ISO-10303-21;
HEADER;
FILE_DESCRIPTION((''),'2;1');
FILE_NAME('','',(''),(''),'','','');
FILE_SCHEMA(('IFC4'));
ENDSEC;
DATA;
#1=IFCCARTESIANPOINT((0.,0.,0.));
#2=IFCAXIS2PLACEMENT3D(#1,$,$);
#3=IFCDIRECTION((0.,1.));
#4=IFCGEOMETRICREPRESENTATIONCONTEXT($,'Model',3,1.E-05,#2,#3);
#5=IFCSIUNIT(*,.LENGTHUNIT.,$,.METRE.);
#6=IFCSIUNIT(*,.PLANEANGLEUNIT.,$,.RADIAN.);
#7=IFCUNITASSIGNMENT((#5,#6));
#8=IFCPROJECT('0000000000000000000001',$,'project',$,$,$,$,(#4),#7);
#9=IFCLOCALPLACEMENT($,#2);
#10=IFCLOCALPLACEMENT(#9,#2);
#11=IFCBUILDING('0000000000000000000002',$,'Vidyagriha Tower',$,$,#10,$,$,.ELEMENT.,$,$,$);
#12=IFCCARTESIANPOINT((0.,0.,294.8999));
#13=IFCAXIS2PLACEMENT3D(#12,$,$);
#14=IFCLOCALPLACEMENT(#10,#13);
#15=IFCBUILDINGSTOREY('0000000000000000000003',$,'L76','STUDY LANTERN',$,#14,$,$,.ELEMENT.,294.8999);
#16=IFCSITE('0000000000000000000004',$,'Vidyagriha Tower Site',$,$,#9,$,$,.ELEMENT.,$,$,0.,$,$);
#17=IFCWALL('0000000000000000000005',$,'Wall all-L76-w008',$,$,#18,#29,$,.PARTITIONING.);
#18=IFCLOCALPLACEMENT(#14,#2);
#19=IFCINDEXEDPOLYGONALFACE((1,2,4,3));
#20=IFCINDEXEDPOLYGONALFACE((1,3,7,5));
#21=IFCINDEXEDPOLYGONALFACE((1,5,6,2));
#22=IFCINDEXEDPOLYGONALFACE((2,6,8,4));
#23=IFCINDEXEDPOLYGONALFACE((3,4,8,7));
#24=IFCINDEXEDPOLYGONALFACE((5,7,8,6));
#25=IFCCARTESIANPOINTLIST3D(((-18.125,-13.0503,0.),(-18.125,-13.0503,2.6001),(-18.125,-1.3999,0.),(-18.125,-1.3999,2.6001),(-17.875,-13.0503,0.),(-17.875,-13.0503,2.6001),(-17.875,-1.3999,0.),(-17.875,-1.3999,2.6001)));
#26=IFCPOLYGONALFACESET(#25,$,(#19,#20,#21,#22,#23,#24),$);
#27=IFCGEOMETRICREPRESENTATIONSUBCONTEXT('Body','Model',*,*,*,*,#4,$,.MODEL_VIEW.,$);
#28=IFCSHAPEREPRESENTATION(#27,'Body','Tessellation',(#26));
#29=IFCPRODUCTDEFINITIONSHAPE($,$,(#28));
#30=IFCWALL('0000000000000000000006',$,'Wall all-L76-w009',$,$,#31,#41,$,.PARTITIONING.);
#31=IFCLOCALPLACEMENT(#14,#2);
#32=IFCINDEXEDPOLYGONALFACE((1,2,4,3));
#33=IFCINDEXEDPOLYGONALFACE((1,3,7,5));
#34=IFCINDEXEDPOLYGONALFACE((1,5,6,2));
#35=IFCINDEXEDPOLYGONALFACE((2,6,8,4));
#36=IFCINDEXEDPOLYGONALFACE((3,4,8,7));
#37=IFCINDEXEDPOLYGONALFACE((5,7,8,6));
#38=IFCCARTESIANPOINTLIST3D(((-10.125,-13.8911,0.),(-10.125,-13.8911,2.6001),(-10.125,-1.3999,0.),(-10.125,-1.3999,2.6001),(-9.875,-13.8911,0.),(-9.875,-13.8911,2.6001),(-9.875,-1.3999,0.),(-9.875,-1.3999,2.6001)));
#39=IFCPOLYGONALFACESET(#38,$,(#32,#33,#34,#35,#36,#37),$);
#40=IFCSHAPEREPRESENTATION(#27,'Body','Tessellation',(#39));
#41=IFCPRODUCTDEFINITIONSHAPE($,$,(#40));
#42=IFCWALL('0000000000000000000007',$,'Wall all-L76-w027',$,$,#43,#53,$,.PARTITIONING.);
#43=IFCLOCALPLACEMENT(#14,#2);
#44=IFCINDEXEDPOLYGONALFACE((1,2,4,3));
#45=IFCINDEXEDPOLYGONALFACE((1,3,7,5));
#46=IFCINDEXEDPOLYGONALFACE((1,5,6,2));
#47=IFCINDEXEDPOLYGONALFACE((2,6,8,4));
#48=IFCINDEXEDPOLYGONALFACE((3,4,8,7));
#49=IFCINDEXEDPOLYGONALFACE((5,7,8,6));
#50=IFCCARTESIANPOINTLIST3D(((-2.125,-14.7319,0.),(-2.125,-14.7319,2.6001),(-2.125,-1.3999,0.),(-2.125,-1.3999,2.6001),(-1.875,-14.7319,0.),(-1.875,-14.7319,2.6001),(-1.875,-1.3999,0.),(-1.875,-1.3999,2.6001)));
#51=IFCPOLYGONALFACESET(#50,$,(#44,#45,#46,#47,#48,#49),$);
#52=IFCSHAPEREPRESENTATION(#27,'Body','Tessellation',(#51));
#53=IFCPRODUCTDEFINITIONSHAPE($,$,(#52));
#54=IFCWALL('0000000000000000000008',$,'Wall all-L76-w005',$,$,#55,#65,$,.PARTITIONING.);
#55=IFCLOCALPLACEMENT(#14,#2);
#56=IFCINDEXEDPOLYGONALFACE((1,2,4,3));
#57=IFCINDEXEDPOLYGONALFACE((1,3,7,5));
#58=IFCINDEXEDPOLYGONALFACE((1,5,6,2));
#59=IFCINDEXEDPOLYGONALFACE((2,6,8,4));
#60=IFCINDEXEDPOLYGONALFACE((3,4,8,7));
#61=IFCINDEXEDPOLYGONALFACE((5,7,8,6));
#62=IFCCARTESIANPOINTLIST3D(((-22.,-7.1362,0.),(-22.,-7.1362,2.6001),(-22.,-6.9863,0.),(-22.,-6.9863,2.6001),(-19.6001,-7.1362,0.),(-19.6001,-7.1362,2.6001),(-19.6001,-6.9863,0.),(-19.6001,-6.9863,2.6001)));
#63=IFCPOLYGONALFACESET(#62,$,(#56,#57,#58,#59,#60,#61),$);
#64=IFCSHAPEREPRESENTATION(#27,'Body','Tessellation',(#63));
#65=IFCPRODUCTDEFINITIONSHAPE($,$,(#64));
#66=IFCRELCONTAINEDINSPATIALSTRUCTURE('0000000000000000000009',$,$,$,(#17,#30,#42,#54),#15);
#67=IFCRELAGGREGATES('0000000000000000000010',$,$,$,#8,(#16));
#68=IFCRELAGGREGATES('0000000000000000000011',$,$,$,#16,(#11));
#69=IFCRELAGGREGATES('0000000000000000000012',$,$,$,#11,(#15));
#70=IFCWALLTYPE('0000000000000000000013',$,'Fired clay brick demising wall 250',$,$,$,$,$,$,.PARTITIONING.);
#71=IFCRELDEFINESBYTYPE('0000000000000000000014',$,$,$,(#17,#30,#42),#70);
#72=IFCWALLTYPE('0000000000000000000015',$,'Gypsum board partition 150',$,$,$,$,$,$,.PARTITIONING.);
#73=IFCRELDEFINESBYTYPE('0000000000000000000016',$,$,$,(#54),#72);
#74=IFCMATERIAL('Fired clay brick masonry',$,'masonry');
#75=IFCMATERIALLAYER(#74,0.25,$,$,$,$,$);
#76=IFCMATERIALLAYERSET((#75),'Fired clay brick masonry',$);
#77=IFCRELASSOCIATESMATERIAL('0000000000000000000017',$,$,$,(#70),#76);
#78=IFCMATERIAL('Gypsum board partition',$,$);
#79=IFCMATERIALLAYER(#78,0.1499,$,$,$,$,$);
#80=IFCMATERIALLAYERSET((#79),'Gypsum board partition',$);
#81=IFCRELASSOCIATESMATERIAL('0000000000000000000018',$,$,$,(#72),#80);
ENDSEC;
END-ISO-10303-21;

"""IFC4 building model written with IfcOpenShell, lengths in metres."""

from ifc_helpers import new_model, si_unit, direction, frame, frame_2d, origin, place, context, subcontext, project, spatial, rectangle, extrude, material, layer, layer_set, type_object, element, save


model = new_model("IFC4")

# Units and contexts
model_context = context("Model", 3, precision=1e-05, world=origin(), true_north=direction((0.0, 1.0)))
body_context = subcontext(model_context, "Body", "Model", "MODEL_VIEW")
ifc_project = project(units=[si_unit("LENGTHUNIT", "METRE"), si_unit("PLANEANGLEUNIT", "RADIAN")], contexts=[model_context])

# Site, building, storey
site_placement = place(None, origin())
site = spatial("IfcSite", under=ifc_project, at=site_placement, Name="Vidyagriha Tower Site", CompositionType="ELEMENT", RefElevation=0.0)
building_placement = place(site_placement, origin())
building = spatial("IfcBuilding", under=site, at=building_placement, Name="Vidyagriha Tower", CompositionType="ELEMENT")
storey_placement = place(building_placement, frame((0.0, 0.0, 294.8999)))
storey = spatial("IfcBuildingStorey", under=building, at=storey_placement, Name="L76", Description="STUDY LANTERN", CompositionType="ELEMENT", Elevation=294.8999)

# Walls
ifc_material_1 = material(Name="Fired clay brick masonry", Category="masonry")
ifc_layer_1 = layer(ifc_material_1, 0.25)
ifc_layer_set_1 = layer_set([ifc_layer_1], Name="Fired clay brick masonry")
wall_type_1 = type_object("IfcWallType", Name="Fired clay brick demising wall 250", PredefinedType="PARTITIONING", material=ifc_layer_set_1)
wall_1_placement = place(storey_placement, frame((-18.0, -1.3999, 0.0), z_axis=(0.0, 0.0, 1.0), x_axis=(0.0, -1.0, 0.0)))
element("IfcWall", 1, at=wall_1_placement, inside=storey, type_object=wall_type_1, Name="Wall all-L76-w008", PredefinedType="PARTITIONING", context=body_context, shape_type="SweptSolid", body=[
    extrude(rectangle(XDim=11.6504, YDim=0.25, at=frame_2d((5.8252, 0.0))), origin(), (0.0, 0.0, 1.0), 2.6001),
])
wall_2_placement = place(storey_placement, frame((-10.0, -1.3999, 0.0), z_axis=(0.0, 0.0, 1.0), x_axis=(0.0, -1.0, 0.0)))
element("IfcWall", 2, at=wall_2_placement, inside=storey, type_object=wall_type_1, Name="Wall all-L76-w009", PredefinedType="PARTITIONING", context=body_context, shape_type="SweptSolid", body=[
    extrude(rectangle(XDim=12.4912, YDim=0.25, at=frame_2d((6.2456, 0.0))), origin(), (0.0, 0.0, 1.0), 2.6001),
])
wall_3_placement = place(storey_placement, frame((-2.0, -1.3999, 0.0), z_axis=(0.0, 0.0, 1.0), x_axis=(0.0, -1.0, 0.0)))
element("IfcWall", 3, at=wall_3_placement, inside=storey, type_object=wall_type_1, Name="Wall all-L76-w027", PredefinedType="PARTITIONING", context=body_context, shape_type="SweptSolid", body=[
    extrude(rectangle(XDim=13.332, YDim=0.25, at=frame_2d((6.666, 0.0))), origin(), (0.0, 0.0, 1.0), 2.6001),
])
ifc_material_2 = material(Name="Gypsum board partition")
ifc_layer_2 = layer(ifc_material_2, 0.1499)
ifc_layer_set_2 = layer_set([ifc_layer_2], Name="Gypsum board partition")
wall_type_2 = type_object("IfcWallType", Name="Gypsum board partition 150", PredefinedType="PARTITIONING", material=ifc_layer_set_2)
wall_4_placement = place(storey_placement, frame((-19.6001, -7.0613, 0.0), z_axis=(0.0, 0.0, 1.0), x_axis=(-1.0, 0.0, 0.0)))
element("IfcWall", 4, at=wall_4_placement, inside=storey, type_object=wall_type_2, Name="Wall all-L76-w005", PredefinedType="PARTITIONING", context=body_context, shape_type="SweptSolid", body=[
    extrude(rectangle(XDim=2.3999, YDim=0.1499, at=frame_2d((1.2, 0.0))), origin(), (0.0, 0.0, 1.0), 2.6001),
])

save(model, "model.ifc")
